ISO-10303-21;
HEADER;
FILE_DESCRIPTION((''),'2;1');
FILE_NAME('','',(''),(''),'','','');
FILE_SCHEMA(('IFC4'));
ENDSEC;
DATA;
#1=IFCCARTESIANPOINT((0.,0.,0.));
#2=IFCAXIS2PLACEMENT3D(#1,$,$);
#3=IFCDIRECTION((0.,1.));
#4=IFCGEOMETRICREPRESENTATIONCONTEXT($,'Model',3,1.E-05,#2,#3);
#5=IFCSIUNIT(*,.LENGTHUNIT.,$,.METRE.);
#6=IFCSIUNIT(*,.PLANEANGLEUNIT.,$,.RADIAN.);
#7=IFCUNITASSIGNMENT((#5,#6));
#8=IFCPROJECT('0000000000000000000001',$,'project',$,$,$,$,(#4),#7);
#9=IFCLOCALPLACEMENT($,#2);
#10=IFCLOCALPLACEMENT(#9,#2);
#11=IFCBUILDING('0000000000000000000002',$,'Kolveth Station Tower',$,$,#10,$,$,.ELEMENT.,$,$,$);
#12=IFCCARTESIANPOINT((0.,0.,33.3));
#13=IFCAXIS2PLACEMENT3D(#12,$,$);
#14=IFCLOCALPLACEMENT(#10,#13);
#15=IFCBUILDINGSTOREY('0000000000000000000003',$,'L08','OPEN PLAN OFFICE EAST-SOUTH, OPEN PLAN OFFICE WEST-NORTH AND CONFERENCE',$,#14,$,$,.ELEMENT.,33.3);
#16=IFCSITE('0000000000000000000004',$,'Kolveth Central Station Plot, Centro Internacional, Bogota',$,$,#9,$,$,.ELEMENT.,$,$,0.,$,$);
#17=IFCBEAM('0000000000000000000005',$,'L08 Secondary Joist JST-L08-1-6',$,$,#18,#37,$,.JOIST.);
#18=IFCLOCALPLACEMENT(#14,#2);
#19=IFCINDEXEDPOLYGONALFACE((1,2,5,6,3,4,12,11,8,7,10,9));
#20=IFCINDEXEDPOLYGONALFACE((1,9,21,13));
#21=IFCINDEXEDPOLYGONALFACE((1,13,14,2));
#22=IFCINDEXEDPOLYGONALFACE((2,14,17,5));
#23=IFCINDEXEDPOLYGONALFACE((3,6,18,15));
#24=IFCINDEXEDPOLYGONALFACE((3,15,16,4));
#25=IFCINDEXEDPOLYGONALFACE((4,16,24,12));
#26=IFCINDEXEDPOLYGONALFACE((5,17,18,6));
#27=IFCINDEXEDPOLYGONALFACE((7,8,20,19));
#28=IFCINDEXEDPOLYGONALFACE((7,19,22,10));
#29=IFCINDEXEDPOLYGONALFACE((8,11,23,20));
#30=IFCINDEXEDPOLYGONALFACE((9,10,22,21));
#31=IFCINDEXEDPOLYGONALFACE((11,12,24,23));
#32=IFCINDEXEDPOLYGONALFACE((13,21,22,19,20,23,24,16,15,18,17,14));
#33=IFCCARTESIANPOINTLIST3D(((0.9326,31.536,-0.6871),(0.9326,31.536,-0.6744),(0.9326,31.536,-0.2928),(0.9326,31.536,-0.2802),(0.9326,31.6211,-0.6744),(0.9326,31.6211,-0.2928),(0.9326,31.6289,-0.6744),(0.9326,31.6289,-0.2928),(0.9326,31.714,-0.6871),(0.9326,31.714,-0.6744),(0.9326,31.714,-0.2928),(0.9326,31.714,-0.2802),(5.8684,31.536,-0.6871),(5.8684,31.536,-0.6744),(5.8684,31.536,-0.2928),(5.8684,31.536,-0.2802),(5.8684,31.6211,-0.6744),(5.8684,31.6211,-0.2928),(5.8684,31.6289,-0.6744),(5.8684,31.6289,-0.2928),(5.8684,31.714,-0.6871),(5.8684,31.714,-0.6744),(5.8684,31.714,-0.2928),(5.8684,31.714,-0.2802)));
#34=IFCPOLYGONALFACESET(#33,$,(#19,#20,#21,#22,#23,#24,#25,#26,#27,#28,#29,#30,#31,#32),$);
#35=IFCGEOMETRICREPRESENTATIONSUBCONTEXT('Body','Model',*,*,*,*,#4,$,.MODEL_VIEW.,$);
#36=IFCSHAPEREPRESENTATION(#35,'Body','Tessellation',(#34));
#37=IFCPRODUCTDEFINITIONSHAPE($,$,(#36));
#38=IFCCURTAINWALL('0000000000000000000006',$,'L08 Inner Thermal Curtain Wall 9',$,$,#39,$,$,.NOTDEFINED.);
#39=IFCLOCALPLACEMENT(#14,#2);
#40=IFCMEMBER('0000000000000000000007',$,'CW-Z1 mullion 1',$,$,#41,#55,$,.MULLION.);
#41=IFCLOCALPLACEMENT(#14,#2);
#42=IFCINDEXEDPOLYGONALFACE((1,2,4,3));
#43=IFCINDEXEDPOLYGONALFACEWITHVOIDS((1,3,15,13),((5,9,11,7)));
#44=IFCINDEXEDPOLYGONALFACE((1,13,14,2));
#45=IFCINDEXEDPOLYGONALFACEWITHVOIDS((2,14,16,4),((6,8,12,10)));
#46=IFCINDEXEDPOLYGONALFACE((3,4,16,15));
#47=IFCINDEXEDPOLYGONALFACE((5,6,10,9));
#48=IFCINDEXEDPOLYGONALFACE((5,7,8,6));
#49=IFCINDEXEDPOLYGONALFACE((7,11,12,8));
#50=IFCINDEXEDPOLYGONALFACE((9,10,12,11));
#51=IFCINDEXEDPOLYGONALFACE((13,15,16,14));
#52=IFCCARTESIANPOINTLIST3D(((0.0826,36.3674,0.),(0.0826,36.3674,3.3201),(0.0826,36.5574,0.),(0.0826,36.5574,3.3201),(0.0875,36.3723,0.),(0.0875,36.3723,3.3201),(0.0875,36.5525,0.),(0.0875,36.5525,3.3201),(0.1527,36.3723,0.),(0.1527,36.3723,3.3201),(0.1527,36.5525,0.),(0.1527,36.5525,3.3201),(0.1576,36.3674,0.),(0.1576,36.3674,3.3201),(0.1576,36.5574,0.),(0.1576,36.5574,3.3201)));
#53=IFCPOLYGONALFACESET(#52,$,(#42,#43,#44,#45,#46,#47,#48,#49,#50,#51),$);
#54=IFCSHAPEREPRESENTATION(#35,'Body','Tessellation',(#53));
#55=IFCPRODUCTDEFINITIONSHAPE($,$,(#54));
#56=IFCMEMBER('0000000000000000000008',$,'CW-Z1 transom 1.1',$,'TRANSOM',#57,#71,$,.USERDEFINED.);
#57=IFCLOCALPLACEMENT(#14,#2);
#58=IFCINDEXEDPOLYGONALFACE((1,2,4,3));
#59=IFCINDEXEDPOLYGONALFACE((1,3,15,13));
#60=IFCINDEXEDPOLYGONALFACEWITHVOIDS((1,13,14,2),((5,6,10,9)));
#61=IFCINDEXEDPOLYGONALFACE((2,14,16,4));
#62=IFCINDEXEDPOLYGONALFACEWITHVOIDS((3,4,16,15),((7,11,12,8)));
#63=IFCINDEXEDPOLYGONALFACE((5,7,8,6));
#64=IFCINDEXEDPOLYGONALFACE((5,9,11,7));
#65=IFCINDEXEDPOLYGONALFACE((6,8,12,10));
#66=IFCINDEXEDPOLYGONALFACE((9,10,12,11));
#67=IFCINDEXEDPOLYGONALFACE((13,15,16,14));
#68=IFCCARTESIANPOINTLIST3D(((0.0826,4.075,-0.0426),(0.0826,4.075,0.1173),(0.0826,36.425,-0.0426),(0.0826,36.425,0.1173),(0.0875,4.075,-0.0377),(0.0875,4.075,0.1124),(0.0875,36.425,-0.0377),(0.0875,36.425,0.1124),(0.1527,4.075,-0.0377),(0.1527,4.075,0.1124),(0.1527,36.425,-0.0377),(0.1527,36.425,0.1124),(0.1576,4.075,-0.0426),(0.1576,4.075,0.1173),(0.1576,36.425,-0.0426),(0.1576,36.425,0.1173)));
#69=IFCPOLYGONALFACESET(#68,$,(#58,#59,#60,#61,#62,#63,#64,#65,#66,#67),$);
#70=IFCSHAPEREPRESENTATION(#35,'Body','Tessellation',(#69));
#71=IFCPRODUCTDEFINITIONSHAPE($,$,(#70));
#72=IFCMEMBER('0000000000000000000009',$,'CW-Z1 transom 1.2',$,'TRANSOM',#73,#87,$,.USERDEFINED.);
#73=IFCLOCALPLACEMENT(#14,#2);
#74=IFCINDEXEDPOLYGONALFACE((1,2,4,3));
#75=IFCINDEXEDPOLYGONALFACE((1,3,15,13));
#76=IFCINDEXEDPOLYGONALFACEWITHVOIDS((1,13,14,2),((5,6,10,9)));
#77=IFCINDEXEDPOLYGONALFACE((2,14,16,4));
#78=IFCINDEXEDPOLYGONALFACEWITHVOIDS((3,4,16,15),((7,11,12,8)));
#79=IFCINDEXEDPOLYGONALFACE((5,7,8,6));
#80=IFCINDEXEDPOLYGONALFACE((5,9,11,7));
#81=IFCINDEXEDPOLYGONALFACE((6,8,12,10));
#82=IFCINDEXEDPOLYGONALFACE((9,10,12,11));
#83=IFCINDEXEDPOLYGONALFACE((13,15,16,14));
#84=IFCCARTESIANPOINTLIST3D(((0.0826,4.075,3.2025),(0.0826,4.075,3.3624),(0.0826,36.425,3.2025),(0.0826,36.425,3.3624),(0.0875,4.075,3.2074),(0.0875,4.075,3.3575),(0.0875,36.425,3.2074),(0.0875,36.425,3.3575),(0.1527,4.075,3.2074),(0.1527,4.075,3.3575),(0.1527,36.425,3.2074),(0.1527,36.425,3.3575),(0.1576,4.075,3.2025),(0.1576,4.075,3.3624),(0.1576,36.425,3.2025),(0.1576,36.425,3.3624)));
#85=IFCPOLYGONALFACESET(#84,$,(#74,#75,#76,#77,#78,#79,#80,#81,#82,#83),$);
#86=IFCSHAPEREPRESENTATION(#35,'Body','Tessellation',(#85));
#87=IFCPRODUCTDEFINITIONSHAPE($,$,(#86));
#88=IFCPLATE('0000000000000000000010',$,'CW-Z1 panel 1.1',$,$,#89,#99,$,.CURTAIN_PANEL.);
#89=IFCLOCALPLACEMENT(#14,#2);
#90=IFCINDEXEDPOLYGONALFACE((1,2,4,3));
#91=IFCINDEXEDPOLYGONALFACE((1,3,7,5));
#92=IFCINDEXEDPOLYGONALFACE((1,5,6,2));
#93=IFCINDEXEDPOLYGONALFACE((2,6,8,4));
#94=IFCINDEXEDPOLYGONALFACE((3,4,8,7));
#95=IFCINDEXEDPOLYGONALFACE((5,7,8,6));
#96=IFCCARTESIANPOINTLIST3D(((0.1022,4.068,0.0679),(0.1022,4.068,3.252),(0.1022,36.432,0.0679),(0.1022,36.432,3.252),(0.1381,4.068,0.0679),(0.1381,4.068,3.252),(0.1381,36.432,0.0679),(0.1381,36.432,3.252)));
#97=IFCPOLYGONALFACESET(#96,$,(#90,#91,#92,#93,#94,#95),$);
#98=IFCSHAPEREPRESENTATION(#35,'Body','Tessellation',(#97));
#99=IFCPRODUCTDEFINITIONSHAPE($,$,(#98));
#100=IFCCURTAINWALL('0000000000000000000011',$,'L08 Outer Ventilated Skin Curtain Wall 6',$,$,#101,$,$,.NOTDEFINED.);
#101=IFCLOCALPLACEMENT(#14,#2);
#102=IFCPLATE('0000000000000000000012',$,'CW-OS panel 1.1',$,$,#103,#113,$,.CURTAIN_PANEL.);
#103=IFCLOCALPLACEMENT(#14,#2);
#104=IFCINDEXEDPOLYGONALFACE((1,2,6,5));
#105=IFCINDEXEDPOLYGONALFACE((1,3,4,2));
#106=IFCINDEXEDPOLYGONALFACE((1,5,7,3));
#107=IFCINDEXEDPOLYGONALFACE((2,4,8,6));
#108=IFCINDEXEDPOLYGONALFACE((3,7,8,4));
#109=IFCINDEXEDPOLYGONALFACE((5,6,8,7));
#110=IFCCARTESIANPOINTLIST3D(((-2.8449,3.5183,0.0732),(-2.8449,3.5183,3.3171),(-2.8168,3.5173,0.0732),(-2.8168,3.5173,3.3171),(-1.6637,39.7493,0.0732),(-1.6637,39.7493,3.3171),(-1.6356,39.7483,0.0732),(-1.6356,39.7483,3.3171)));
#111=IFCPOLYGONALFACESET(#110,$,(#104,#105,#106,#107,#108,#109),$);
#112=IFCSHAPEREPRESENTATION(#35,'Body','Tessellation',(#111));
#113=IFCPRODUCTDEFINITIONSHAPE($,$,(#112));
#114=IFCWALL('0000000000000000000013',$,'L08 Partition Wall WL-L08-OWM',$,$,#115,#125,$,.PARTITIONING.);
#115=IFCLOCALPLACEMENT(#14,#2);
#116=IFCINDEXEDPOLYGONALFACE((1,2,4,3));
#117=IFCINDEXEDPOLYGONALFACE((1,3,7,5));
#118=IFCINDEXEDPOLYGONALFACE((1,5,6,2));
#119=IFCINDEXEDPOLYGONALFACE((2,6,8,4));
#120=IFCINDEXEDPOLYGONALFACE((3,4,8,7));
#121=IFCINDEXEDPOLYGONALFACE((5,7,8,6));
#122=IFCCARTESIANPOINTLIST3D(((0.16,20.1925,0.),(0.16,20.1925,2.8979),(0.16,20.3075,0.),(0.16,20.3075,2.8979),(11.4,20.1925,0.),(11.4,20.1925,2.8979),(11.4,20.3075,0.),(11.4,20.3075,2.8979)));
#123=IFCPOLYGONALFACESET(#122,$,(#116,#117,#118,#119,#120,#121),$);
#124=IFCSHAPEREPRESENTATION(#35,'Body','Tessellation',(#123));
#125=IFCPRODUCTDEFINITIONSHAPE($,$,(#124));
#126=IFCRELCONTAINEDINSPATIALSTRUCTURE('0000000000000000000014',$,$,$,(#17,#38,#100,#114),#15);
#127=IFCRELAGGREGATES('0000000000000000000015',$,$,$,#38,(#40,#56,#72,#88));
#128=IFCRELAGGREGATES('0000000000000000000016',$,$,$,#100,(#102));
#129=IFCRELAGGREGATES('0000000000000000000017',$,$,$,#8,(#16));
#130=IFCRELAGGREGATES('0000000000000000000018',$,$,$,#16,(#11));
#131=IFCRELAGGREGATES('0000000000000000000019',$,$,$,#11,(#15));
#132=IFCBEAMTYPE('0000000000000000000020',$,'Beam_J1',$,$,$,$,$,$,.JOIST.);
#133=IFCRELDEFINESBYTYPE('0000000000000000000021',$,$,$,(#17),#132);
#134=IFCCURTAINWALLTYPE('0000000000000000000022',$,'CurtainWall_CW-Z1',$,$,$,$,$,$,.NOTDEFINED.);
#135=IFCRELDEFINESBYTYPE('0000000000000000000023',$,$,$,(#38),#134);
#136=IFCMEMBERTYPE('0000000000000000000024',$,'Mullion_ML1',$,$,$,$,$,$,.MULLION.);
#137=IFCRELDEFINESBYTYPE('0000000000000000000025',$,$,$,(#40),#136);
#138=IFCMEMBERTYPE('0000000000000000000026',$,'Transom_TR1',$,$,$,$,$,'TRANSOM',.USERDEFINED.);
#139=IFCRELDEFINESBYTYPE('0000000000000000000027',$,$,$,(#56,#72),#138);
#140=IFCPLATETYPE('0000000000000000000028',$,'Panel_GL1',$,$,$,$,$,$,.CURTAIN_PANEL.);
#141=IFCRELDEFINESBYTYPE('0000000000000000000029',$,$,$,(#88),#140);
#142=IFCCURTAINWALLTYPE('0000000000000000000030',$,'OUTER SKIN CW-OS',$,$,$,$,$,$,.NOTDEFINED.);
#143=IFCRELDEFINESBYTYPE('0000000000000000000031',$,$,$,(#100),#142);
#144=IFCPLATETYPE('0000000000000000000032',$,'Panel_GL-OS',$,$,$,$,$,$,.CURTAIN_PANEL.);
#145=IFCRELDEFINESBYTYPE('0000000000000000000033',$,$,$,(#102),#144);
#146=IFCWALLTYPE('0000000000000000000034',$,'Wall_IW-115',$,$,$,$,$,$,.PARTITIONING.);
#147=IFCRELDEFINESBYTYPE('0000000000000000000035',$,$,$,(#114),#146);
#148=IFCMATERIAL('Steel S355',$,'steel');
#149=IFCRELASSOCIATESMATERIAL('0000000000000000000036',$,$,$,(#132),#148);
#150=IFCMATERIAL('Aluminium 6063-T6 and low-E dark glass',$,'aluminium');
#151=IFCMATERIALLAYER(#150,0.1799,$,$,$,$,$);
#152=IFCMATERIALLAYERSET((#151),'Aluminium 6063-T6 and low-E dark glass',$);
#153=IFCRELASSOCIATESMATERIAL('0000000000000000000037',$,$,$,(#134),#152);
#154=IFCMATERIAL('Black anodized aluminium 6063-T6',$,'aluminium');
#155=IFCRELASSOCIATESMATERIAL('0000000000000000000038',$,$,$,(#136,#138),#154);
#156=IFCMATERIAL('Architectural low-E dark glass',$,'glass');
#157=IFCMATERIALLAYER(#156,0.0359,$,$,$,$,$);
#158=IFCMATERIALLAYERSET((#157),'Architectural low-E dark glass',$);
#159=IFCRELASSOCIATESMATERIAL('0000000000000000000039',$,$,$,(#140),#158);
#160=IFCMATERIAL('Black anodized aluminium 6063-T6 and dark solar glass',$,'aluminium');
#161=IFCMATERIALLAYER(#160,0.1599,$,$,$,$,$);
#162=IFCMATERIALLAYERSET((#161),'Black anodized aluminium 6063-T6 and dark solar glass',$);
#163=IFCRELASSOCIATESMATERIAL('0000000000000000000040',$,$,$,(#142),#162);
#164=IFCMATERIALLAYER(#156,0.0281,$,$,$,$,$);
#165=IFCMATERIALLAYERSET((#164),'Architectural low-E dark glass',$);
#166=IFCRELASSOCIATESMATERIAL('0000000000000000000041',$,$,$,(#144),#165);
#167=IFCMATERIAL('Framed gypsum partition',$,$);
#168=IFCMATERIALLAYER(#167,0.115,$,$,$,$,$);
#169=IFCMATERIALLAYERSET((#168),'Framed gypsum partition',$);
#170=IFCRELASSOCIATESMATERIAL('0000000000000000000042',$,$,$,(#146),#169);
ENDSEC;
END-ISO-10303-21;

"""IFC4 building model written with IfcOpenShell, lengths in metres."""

from ifc_helpers import new_model, si_unit, direction, frame, frame_2d, origin, origin_2d, place, context, subcontext, project, spatial, rectangle, hollow_rectangle, i_section, extrude, source, transform, mapped, material, layer, layer_set, material_profile, profile_set, type_object, element, aggregate, save


model = new_model("IFC4")

# Units and contexts
model_context = context("Model", 3, precision=1e-05, world=origin(), true_north=direction((0.0, 1.0)))
body_context = subcontext(model_context, "Body", "Model", "MODEL_VIEW")
ifc_project = project(units=[si_unit("LENGTHUNIT", "METRE"), si_unit("PLANEANGLEUNIT", "RADIAN")], contexts=[model_context])

# Site, building, storey
site_placement = place(None, origin())
site = spatial("IfcSite", under=ifc_project, at=site_placement, Name="Kolveth Central Station Plot, Centro Internacional, Bogota", CompositionType="ELEMENT", RefElevation=0.0)
building_placement = place(site_placement, origin())
building = spatial("IfcBuilding", under=site, at=building_placement, Name="Kolveth Station Tower", CompositionType="ELEMENT")
storey_placement = place(building_placement, frame((0.0, 0.0, 33.3)))
storey = spatial("IfcBuildingStorey", under=building, at=storey_placement, Name="L08", Description="OPEN PLAN OFFICE EAST-SOUTH, OPEN PLAN OFFICE WEST-NORTH AND CONFERENCE", CompositionType="ELEMENT", Elevation=33.3)

# Shared definitions
ifc_material_1 = material(Name="Steel S355", Category="steel")

# Beam
ifc_material_profile_1 = material_profile(ifc_material_1, i_section(OverallWidth=0.178, OverallDepth=0.407, WebThickness=0.0078, FlangeThickness=0.0127, at=origin_2d()), Name="W410x60")
ifc_profile_set_1 = profile_set([ifc_material_profile_1], Name="Steel S355")
beam_type_1 = type_object("IfcBeamType", Name="Beam_J1", PredefinedType="JOIST", material=ifc_profile_set_1)
shared_shape_1 = source(origin(), body_context, "Body", "SweptSolid", [
    extrude(i_section(OverallWidth=0.178, OverallDepth=0.407, WebThickness=0.0078, FlangeThickness=0.0127, at=origin_2d()), origin(), (0.0, 0.0, 1.0), 4.9358),
])
for number, where, z_axis, x_axis, name in (
    (1, (0.9326, 31.625, -0.4836), (1.0, 0.0, 0.0), (0.0, 1.0, 0.0), "L08 Secondary Joist JST-L08-1-6"),
):
    element("IfcBeam", number, at=place(storey_placement, frame(where, z_axis=z_axis, x_axis=x_axis)), inside=storey, type_object=beam_type_1, Name=name, PredefinedType="JOIST", context=body_context, shape_type="MappedRepresentation", body=[
        mapped(shared_shape_1, transform((0.0, 0.0, 0.0), x_axis=(1.0, 0.0, 0.0), y_axis=(0.0, 1.0, 0.0), z_axis=(0.0, 0.0, 1.0), scale=1.0)),
    ])

# Curtain wall, members, plate
ifc_material_2 = material(Name="Aluminium 6063-T6 and low-E dark glass", Category="aluminium")
ifc_layer_1 = layer(ifc_material_2, 0.1799)
ifc_layer_set_1 = layer_set([ifc_layer_1], Name="Aluminium 6063-T6 and low-E dark glass")
curtain_wall_type_1 = type_object("IfcCurtainWallType", Name="CurtainWall_CW-Z1", PredefinedType="NOTDEFINED", material=ifc_layer_set_1)
curtain_wall_1_placement = place(storey_placement, origin())
curtain_wall_1 = element("IfcCurtainWall", 2, at=curtain_wall_1_placement, inside=storey, type_object=curtain_wall_type_1, Name="L08 Inner Thermal Curtain Wall 9", PredefinedType="NOTDEFINED")
ifc_material_3 = material(Name="Black anodized aluminium 6063-T6", Category="aluminium")
ifc_material_profile_2 = material_profile(ifc_material_3, hollow_rectangle(XDim=0.075, YDim=0.1899, WallThickness=0.0049, at=origin_2d()), Name="ALU-75x190x5")
ifc_profile_set_2 = profile_set([ifc_material_profile_2], Name="Black anodized aluminium 6063-T6")
member_type_1 = type_object("IfcMemberType", Name="Mullion_ML1", PredefinedType="MULLION", material=ifc_profile_set_2)
shared_shape_2 = source(origin(), body_context, "Body", "SweptSolid", [
    extrude(hollow_rectangle(XDim=0.075, YDim=0.1899, WallThickness=0.0049, at=origin_2d()), origin(), (0.0, 0.0, 1.0), 3.3201),
])
member_1_placement = place(storey_placement, frame((0.1201, 36.4624, 0.0), z_axis=(0.0, 0.0, 1.0), x_axis=(1.0, 0.0, 0.0)))
member_1 = element("IfcMember", 3, at=member_1_placement, type_object=member_type_1, Name="CW-Z1 mullion 1", PredefinedType="MULLION", context=body_context, shape_type="MappedRepresentation", body=[
    mapped(shared_shape_2, transform((0.0, 0.0, 0.0), x_axis=(1.0, 0.0, 0.0), y_axis=(0.0, 1.0, 0.0), z_axis=(0.0, 0.0, 1.0), scale=1.0)),
])
ifc_material_profile_3 = material_profile(ifc_material_3, hollow_rectangle(XDim=0.075, YDim=0.1599, WallThickness=0.0049, at=origin_2d()), Name="ALU-75x160x5")
ifc_profile_set_3 = profile_set([ifc_material_profile_3], Name="Black anodized aluminium 6063-T6")
member_type_2 = type_object("IfcMemberType", Name="Transom_TR1", ElementType="TRANSOM", PredefinedType="USERDEFINED", material=ifc_profile_set_3)
shared_shape_3 = source(origin(), body_context, "Body", "SweptSolid", [
    extrude(hollow_rectangle(XDim=0.075, YDim=0.1599, WallThickness=0.0049, at=origin_2d()), origin(), (0.0, 0.0, 1.0), 32.3501),
])
member_2_placement = place(storey_placement, frame((0.1201, 36.425, 0.0374), z_axis=(0.0, -1.0, 0.0), x_axis=(1.0, 0.0, 0.0)))
member_2 = element("IfcMember", 4, at=member_2_placement, type_object=member_type_2, Name="CW-Z1 transom 1.1", ObjectType="TRANSOM", PredefinedType="USERDEFINED", context=body_context, shape_type="MappedRepresentation", body=[
    mapped(shared_shape_3, transform((0.0, 0.0, 0.0), x_axis=(1.0, 0.0, 0.0), y_axis=(0.0, 1.0, 0.0), z_axis=(0.0, 0.0, 1.0), scale=1.0)),
])
member_3_placement = place(storey_placement, frame((0.1201, 36.425, 3.2825), z_axis=(0.0, -1.0, 0.0), x_axis=(1.0, 0.0, 0.0)))
member_3 = element("IfcMember", 5, at=member_3_placement, type_object=member_type_2, Name="CW-Z1 transom 1.2", ObjectType="TRANSOM", PredefinedType="USERDEFINED", context=body_context, shape_type="MappedRepresentation", body=[
    mapped(shared_shape_3, transform((0.0, 0.0, 0.0), x_axis=(1.0, 0.0, 0.0), y_axis=(0.0, 1.0, 0.0), z_axis=(0.0, 0.0, 1.0), scale=1.0)),
])
ifc_material_4 = material(Name="Architectural low-E dark glass", Category="glass")
ifc_layer_2 = layer(ifc_material_4, 0.0359)
ifc_layer_set_2 = layer_set([ifc_layer_2], Name="Architectural low-E dark glass")
plate_type_1 = type_object("IfcPlateType", Name="Panel_GL1", PredefinedType="CURTAIN_PANEL", material=ifc_layer_set_2)
shared_shape_4 = source(origin(), body_context, "Body", "SweptSolid", [
    extrude(rectangle(XDim=32.364, YDim=0.0359, at=origin_2d()), origin(), (0.0, 0.0, 1.0), 3.1841),
])
plate_1_placement = place(storey_placement, frame((0.1201, 20.25, 0.0679), z_axis=(0.0, 0.0, 1.0), x_axis=(0.0, -1.0, 0.0)))
plate_1 = element("IfcPlate", 6, at=plate_1_placement, type_object=plate_type_1, Name="CW-Z1 panel 1.1", PredefinedType="CURTAIN_PANEL", context=body_context, shape_type="MappedRepresentation", body=[
    mapped(shared_shape_4, transform((0.0, 0.0, 0.0), x_axis=(1.0, 0.0, 0.0), y_axis=(0.0, 1.0, 0.0), z_axis=(0.0, 0.0, 1.0), scale=1.0)),
])
aggregate(curtain_wall_1, [member_1, member_2, member_3, plate_1])

# Curtain wall, plate
ifc_material_5 = material(Name="Black anodized aluminium 6063-T6 and dark solar glass", Category="aluminium")
ifc_layer_3 = layer(ifc_material_5, 0.1599)
ifc_layer_set_3 = layer_set([ifc_layer_3], Name="Black anodized aluminium 6063-T6 and dark solar glass")
curtain_wall_type_2 = type_object("IfcCurtainWallType", Name="OUTER SKIN CW-OS", PredefinedType="NOTDEFINED", material=ifc_layer_set_3)
curtain_wall_2_placement = place(storey_placement, origin())
curtain_wall_2 = element("IfcCurtainWall", 7, at=curtain_wall_2_placement, inside=storey, type_object=curtain_wall_type_2, Name="L08 Outer Ventilated Skin Curtain Wall 6", PredefinedType="NOTDEFINED")
ifc_layer_4 = layer(ifc_material_4, 0.0281)
ifc_layer_set_4 = layer_set([ifc_layer_4], Name="Architectural low-E dark glass")
plate_type_2 = type_object("IfcPlateType", Name="Panel_GL-OS", PredefinedType="CURTAIN_PANEL", material=ifc_layer_set_4)
shared_shape_5 = source(origin(), body_context, "Body", "SweptSolid", [
    extrude(rectangle(XDim=36.2502, YDim=0.0281, at=origin_2d()), origin(), (0.0, 0.0, 1.0), 3.2439),
])
plate_2_placement = place(storey_placement, frame((-2.2402, 21.6333, 0.0732), z_axis=(0.0, 0.0, 1.0), x_axis=(-0.032584, -0.999469, 0.0)))
plate_2 = element("IfcPlate", 8, at=plate_2_placement, type_object=plate_type_2, Name="CW-OS panel 1.1", PredefinedType="CURTAIN_PANEL", context=body_context, shape_type="MappedRepresentation", body=[
    mapped(shared_shape_5, transform((0.0, 0.0, 0.0), x_axis=(1.0, 0.0, 0.0), y_axis=(0.0, 1.0, 0.0), z_axis=(0.0, 0.0, 1.0), scale=1.0)),
])
aggregate(curtain_wall_2, [plate_2])

# Wall
ifc_material_6 = material(Name="Framed gypsum partition")
ifc_layer_5 = layer(ifc_material_6, 0.115)
ifc_layer_set_5 = layer_set([ifc_layer_5], Name="Framed gypsum partition")
wall_type = type_object("IfcWallType", Name="Wall_IW-115", PredefinedType="PARTITIONING", material=ifc_layer_set_5)
wall_placement = place(storey_placement, frame((0.1599, 20.25, 0.0), z_axis=(0.0, 0.0, 1.0), x_axis=(1.0, 0.0, 0.0)))
element("IfcWall", 9, at=wall_placement, inside=storey, type_object=wall_type, Name="L08 Partition Wall WL-L08-OWM", PredefinedType="PARTITIONING", context=body_context, shape_type="SweptSolid", body=[
    extrude(rectangle(XDim=11.24, YDim=0.115, at=frame_2d((5.6201, 0.0))), origin(), (0.0, 0.0, 1.0), 2.8979),
])

save(model, "model.ifc")
